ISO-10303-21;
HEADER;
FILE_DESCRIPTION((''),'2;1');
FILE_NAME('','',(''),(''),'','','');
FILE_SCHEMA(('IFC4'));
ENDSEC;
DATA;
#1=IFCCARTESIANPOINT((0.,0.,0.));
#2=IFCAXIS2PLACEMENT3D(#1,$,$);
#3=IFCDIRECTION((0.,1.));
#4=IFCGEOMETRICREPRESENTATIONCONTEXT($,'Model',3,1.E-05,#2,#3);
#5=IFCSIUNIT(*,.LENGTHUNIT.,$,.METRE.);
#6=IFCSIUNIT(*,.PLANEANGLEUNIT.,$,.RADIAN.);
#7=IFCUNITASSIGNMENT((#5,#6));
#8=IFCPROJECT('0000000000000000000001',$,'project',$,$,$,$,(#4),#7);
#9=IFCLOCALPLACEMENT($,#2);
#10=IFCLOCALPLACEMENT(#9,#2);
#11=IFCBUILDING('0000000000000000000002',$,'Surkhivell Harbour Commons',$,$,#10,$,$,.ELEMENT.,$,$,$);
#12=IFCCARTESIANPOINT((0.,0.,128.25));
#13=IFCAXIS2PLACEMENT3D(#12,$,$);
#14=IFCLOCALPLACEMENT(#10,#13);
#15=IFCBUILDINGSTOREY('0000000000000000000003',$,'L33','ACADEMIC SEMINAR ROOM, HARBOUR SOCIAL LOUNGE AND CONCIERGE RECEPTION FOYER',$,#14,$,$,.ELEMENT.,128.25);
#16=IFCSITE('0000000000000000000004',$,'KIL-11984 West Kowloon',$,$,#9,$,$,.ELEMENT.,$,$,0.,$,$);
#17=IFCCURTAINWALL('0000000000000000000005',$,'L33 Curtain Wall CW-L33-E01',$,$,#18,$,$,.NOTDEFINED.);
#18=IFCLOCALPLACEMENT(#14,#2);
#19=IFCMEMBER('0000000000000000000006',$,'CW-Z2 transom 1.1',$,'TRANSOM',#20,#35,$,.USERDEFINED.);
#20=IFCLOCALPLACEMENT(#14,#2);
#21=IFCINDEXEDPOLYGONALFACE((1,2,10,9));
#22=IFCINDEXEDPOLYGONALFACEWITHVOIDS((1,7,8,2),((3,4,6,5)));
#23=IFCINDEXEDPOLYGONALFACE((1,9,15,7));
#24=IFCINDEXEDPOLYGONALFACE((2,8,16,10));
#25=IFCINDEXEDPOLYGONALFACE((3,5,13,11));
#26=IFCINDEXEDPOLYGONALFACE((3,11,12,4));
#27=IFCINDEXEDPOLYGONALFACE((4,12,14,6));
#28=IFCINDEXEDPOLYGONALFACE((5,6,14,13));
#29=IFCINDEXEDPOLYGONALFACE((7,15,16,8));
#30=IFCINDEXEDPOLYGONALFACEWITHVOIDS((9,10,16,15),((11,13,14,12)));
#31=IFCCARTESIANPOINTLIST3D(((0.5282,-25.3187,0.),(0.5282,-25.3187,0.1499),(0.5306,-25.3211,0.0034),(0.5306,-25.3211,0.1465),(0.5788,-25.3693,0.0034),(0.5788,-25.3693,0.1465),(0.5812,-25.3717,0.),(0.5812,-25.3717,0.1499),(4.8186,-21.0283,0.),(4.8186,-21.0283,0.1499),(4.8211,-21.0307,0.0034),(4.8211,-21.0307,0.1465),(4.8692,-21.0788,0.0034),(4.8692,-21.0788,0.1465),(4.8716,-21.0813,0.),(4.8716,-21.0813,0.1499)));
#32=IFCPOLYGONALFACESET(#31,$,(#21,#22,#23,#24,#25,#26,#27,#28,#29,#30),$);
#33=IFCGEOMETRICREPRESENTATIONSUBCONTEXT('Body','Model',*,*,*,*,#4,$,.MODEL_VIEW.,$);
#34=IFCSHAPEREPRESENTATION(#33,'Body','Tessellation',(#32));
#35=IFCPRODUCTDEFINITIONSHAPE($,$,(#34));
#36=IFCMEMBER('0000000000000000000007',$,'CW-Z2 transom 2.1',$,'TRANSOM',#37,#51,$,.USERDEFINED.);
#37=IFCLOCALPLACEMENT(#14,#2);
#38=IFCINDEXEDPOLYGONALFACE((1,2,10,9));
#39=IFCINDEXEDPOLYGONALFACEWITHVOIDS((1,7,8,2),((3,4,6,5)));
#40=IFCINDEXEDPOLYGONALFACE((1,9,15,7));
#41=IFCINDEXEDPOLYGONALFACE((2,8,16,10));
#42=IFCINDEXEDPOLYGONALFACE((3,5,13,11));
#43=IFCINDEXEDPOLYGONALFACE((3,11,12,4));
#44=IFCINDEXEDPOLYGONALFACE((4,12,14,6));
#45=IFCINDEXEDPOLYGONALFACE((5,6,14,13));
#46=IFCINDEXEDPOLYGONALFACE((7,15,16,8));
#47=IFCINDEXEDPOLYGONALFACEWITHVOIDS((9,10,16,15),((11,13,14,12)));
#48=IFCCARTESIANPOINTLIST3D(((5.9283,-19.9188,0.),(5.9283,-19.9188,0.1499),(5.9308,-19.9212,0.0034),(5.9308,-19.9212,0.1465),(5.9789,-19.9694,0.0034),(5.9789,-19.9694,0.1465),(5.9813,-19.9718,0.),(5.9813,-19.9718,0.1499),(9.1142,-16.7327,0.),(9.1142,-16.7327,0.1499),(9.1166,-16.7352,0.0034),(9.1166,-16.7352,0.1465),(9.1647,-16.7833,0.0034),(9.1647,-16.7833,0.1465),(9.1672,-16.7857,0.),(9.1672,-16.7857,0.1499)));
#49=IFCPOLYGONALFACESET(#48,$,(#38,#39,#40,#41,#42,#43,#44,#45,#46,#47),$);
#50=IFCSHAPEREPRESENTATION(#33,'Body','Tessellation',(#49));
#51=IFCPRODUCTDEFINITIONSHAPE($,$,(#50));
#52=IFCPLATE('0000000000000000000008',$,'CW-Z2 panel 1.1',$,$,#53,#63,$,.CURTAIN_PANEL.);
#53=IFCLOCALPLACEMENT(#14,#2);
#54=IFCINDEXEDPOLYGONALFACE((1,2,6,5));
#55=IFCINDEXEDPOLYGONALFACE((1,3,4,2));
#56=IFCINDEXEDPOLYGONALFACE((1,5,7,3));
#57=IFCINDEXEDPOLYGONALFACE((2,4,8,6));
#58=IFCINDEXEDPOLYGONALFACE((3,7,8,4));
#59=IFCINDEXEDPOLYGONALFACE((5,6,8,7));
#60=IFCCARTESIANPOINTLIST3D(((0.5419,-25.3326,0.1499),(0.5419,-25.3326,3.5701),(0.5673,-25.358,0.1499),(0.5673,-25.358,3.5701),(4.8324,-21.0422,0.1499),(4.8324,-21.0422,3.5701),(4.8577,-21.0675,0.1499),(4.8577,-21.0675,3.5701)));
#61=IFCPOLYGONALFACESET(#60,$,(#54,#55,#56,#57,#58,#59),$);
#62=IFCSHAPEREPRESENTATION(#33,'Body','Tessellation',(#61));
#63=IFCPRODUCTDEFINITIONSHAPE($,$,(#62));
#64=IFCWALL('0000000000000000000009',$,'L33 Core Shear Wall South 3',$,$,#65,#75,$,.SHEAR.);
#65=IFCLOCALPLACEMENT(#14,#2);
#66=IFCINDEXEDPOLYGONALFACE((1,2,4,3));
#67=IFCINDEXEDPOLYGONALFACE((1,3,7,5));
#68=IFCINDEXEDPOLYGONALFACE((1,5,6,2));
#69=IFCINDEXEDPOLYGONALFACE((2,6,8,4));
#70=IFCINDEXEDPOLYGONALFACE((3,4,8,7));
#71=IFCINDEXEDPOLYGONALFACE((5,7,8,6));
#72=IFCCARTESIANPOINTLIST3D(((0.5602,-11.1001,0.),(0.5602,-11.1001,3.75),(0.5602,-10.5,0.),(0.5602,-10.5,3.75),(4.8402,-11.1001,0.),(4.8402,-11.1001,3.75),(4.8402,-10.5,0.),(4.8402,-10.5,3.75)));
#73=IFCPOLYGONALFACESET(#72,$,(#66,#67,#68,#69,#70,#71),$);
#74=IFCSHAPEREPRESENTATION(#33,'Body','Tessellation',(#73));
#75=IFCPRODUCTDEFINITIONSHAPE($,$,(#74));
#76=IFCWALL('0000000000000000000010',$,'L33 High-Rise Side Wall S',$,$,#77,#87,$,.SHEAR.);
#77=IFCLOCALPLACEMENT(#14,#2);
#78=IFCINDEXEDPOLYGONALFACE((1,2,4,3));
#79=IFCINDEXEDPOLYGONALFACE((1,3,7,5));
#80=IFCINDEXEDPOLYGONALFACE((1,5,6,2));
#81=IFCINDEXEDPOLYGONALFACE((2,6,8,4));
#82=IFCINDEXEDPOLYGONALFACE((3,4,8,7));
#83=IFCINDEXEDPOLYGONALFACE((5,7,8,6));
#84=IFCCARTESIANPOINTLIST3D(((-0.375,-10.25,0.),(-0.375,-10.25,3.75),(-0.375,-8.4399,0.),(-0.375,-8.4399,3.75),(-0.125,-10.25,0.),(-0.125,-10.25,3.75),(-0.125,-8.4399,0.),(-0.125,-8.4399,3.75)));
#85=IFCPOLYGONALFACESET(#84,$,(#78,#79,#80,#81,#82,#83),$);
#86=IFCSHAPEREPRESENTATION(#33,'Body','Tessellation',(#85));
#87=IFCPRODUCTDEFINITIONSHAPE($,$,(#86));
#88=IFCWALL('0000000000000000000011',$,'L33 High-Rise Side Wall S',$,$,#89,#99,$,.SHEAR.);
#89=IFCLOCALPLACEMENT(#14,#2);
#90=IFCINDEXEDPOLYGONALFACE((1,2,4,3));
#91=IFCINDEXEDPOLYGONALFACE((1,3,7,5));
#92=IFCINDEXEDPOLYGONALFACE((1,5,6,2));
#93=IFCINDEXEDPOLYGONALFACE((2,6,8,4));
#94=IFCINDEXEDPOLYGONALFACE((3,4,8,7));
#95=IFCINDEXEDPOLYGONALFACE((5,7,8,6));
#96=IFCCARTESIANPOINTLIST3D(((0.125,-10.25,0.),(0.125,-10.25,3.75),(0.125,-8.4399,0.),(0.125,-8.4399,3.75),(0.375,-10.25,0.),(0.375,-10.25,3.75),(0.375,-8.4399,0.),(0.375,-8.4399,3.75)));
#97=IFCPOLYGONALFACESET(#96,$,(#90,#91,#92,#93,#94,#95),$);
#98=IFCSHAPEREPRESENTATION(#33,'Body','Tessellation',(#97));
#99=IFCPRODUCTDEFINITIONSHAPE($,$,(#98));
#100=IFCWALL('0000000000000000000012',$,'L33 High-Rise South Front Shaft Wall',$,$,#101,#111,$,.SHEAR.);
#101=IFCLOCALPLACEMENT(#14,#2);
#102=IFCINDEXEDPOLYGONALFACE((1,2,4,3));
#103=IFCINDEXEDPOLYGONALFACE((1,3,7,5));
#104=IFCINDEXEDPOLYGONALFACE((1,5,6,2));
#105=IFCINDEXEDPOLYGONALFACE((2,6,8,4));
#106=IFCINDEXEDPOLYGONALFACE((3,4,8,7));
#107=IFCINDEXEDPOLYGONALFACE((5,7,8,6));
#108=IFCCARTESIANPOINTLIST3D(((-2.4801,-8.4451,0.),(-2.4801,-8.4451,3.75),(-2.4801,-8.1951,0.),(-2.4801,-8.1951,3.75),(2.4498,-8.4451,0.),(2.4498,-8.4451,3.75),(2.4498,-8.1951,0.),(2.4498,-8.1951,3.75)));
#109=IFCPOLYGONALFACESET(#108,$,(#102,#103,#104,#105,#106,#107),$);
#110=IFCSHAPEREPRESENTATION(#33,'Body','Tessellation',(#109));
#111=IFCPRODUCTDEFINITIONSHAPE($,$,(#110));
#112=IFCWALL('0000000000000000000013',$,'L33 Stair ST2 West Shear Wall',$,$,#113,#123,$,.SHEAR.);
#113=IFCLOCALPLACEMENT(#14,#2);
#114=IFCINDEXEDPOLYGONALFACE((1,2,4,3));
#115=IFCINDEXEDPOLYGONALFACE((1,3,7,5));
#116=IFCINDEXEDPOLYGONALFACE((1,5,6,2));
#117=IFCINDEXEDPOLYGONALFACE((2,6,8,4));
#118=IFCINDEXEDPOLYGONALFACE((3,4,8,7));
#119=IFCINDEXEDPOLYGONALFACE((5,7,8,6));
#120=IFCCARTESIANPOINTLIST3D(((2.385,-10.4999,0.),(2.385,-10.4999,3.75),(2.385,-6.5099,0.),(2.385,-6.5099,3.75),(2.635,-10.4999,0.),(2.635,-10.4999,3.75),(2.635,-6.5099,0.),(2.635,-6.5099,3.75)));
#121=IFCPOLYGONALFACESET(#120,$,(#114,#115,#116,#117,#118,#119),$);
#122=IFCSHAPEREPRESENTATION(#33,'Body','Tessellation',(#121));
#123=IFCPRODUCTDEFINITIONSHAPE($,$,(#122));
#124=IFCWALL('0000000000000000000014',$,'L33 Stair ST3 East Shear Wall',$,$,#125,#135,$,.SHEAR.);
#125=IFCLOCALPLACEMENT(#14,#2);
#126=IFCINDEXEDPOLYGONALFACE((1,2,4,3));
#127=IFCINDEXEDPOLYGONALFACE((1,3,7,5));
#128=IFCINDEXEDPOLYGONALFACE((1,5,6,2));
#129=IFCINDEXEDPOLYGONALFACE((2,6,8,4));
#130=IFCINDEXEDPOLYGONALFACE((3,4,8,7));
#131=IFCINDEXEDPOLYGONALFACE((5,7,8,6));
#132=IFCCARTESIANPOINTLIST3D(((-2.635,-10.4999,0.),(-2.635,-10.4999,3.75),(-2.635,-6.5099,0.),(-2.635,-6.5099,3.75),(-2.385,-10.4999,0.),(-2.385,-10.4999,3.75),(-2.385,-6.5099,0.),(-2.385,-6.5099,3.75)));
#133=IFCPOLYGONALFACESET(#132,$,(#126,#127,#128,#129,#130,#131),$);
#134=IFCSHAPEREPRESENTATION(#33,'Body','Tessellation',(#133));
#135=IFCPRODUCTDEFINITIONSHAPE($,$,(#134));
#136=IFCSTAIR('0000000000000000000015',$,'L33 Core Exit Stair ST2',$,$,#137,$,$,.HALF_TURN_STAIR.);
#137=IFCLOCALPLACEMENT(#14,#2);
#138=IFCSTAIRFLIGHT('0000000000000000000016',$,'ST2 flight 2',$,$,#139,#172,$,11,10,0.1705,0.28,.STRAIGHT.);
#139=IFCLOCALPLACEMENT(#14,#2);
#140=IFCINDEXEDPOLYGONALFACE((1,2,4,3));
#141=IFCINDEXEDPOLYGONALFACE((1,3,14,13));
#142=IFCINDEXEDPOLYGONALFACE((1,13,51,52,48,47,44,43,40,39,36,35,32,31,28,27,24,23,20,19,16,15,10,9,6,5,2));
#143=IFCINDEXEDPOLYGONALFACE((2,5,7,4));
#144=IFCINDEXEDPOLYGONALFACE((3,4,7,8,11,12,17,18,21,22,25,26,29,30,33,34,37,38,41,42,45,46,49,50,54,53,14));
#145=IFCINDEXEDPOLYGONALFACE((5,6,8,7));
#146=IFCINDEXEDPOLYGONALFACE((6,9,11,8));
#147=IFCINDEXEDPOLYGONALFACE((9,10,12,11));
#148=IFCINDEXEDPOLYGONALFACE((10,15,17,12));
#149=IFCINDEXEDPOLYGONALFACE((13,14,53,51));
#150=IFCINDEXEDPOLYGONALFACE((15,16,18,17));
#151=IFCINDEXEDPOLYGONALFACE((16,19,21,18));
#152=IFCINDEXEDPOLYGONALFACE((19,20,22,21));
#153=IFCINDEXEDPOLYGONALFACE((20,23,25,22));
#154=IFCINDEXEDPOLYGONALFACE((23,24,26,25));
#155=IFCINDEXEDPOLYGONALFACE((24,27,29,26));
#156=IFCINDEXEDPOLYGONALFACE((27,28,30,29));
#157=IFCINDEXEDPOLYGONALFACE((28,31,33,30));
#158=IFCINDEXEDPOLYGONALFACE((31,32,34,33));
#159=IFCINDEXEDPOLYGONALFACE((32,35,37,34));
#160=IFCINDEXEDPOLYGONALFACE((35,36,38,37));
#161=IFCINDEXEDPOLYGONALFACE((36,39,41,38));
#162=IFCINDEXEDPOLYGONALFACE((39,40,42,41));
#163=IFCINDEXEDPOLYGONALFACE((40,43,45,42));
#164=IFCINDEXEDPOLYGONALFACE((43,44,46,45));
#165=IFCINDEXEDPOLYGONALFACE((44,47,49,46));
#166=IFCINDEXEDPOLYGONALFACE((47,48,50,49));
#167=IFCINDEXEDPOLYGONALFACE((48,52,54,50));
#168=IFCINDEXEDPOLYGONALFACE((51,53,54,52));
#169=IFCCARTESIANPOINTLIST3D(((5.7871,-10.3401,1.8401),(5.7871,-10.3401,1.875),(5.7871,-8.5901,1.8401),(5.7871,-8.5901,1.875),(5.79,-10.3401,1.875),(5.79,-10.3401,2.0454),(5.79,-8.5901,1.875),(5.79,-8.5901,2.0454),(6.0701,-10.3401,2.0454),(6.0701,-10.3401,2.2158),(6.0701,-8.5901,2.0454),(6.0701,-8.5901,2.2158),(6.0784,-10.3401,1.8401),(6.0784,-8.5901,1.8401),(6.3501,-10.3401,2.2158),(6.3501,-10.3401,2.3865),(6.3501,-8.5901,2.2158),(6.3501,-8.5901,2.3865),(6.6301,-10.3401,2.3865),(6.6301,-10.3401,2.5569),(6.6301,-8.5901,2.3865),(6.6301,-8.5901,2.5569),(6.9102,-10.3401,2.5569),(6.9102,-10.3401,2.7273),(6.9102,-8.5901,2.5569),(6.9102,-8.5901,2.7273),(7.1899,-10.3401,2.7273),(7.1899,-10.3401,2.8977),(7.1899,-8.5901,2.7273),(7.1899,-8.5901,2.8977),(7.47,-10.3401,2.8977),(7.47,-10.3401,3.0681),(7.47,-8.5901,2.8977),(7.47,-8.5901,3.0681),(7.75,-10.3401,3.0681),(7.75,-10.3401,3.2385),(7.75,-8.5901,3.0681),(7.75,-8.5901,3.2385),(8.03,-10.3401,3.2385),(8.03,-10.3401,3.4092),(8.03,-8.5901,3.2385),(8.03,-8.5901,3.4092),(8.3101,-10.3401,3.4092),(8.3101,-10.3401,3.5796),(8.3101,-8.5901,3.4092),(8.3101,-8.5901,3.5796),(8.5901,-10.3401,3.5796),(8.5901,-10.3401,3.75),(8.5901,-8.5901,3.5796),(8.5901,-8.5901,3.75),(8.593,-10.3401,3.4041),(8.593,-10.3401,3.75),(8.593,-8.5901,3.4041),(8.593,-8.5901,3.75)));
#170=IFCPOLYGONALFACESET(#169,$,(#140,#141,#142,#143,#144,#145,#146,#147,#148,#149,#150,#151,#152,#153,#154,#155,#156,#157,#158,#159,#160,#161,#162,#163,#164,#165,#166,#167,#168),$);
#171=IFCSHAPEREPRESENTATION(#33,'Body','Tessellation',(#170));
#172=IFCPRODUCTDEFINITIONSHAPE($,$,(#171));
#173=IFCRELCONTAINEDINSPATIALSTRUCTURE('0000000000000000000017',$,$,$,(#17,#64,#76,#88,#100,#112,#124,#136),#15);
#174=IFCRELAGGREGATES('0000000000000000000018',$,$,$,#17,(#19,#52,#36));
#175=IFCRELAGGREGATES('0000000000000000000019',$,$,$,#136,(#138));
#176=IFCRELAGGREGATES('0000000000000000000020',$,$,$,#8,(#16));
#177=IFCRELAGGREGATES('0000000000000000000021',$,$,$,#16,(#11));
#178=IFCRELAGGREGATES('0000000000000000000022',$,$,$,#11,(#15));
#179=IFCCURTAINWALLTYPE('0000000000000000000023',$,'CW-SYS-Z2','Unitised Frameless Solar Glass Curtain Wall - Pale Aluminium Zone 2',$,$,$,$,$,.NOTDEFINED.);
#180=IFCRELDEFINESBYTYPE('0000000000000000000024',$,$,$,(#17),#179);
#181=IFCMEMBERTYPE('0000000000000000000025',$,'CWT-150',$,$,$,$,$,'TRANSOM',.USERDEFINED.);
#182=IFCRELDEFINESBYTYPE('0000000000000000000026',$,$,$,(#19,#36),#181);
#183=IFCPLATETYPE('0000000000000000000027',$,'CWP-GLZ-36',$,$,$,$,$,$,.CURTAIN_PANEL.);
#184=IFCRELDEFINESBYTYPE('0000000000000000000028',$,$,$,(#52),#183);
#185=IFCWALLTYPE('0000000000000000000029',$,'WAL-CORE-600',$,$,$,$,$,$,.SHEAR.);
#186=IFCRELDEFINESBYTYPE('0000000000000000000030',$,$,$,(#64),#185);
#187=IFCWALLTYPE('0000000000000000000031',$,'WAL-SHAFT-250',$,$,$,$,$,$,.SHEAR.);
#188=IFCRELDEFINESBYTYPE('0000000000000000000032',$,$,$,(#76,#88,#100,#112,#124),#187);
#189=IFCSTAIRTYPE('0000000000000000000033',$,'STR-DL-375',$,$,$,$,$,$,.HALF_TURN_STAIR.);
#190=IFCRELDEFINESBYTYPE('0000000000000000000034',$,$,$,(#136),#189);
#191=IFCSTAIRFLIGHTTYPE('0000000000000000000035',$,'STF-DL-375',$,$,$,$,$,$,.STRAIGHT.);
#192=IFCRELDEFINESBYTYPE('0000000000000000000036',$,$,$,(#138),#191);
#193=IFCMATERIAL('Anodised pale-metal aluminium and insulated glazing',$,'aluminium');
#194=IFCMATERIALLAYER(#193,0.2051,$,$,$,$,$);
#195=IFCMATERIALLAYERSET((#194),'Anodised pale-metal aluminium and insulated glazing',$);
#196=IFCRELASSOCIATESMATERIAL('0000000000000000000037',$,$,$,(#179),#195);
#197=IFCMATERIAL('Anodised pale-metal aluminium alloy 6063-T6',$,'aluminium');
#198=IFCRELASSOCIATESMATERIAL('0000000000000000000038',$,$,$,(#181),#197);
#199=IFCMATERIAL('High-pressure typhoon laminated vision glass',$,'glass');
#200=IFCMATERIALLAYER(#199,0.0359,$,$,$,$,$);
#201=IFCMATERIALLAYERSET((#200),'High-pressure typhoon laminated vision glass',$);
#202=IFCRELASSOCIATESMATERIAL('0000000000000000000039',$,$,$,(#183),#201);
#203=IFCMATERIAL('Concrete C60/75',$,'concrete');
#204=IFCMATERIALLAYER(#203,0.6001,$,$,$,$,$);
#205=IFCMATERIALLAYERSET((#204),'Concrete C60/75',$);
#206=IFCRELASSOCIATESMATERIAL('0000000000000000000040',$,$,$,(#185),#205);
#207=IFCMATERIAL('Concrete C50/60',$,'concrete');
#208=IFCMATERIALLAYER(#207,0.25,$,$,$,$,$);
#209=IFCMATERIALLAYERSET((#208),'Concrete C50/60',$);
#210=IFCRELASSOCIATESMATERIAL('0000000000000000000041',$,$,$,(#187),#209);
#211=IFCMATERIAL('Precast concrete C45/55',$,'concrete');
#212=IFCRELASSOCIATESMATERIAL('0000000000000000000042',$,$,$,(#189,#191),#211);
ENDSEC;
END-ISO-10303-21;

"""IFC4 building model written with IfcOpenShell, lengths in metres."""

from ifc_helpers import new_model, si_unit, direction, frame, frame_2d, origin, origin_2d, place, context, subcontext, project, spatial, polyline, rectangle, hollow_rectangle, outline, extrude, material, layer, layer_set, material_profile, profile_set, type_object, element, aggregate, save


model = new_model("IFC4")

# Units and contexts
model_context = context("Model", 3, precision=1e-05, world=origin(), true_north=direction((0.0, 1.0)))
body_context = subcontext(model_context, "Body", "Model", "MODEL_VIEW")
ifc_project = project(units=[si_unit("LENGTHUNIT", "METRE"), si_unit("PLANEANGLEUNIT", "RADIAN")], contexts=[model_context])

# Site, building, storey
site_placement = place(None, origin())
site = spatial("IfcSite", under=ifc_project, at=site_placement, Name="KIL-11984 West Kowloon", CompositionType="ELEMENT", RefElevation=0.0)
building_placement = place(site_placement, origin())
building = spatial("IfcBuilding", under=site, at=building_placement, Name="Surkhivell Harbour Commons", CompositionType="ELEMENT")
storey_placement = place(building_placement, frame((0.0, 0.0, 128.25)))
storey = spatial("IfcBuildingStorey", under=building, at=storey_placement, Name="L33", Description="ACADEMIC SEMINAR ROOM, HARBOUR SOCIAL LOUNGE AND CONCIERGE RECEPTION FOYER", CompositionType="ELEMENT", Elevation=128.25)

# Shared definitions
ifc_material_1 = material(Name="Concrete C60/75", Category="concrete")

# Shared definitions
ifc_material_2 = material(Name="Anodised pale-metal aluminium and insulated glazing", Category="aluminium")
ifc_layer_1 = layer(ifc_material_2, 0.2051)
ifc_layer_set_1 = layer_set([ifc_layer_1], Name="Anodised pale-metal aluminium and insulated glazing")
curtain_wall_type = type_object("IfcCurtainWallType", Name="CW-SYS-Z2", Description="Unitised Frameless Solar Glass Curtain Wall - Pale Aluminium Zone 2", PredefinedType="NOTDEFINED", material=ifc_layer_set_1)
ifc_material_3 = material(Name="Anodised pale-metal aluminium alloy 6063-T6", Category="aluminium")

# Curtain wall, members, plate
curtain_wall_1_placement = place(storey_placement, origin())
curtain_wall_1 = element("IfcCurtainWall", 1, at=curtain_wall_1_placement, inside=storey, type_object=curtain_wall_type, Name="L33 Curtain Wall CW-L33-E01", PredefinedType="NOTDEFINED")
ifc_material_profile_1 = material_profile(ifc_material_3, hollow_rectangle(XDim=0.075, YDim=0.1499, WallThickness=0.0034, at=origin_2d()), Name="ALU-TRAN-75x150")
ifc_profile_set_1 = profile_set([ifc_material_profile_1], Name="Anodised pale-metal aluminium alloy 6063-T6")
member_type_1 = type_object("IfcMemberType", Name="CWT-150", ElementType="TRANSOM", PredefinedType="USERDEFINED", material=ifc_profile_set_1)
member_1_placement = place(storey_placement, frame((0.5547, -25.3452, 0.075), z_axis=(0.707107, 0.707107, 0.0), x_axis=(-0.707107, 0.707107, 0.0)))
member_1 = element("IfcMember", 2, at=member_1_placement, type_object=member_type_1, Name="CW-Z2 transom 1.1", ObjectType="TRANSOM", PredefinedType="USERDEFINED", context=body_context, shape_type="SweptSolid", body=[
    extrude(hollow_rectangle(XDim=0.075, YDim=0.1499, WallThickness=0.0034, at=origin_2d()), origin(), (0.0, 0.0, 1.0), 6.0676),
])
member_2_placement = place(storey_placement, frame((5.9548, -19.9453, 0.075), z_axis=(0.70708, 0.707134, 0.0), x_axis=(-0.707134, 0.70708, 0.0)))
member_2 = element("IfcMember", 3, at=member_2_placement, type_object=member_type_1, Name="CW-Z2 transom 2.1", ObjectType="TRANSOM", PredefinedType="USERDEFINED", context=body_context, shape_type="SweptSolid", body=[
    extrude(hollow_rectangle(XDim=0.075, YDim=0.1499, WallThickness=0.0034, at=origin_2d()), origin(), (0.0, 0.0, 1.0), 4.5056),
])
ifc_material_4 = material(Name="High-pressure typhoon laminated vision glass", Category="glass")
ifc_layer_2 = layer(ifc_material_4, 0.0359)
ifc_layer_set_2 = layer_set([ifc_layer_2], Name="High-pressure typhoon laminated vision glass")
plate_type = type_object("IfcPlateType", Name="CWP-GLZ-36", PredefinedType="CURTAIN_PANEL", material=ifc_layer_set_2)
plate_placement = place(storey_placement, frame((0.5547, -25.3452, 0.1499), z_axis=(0.0, 0.0, 1.0), x_axis=(0.707107, 0.707107, 0.0)))
plate = element("IfcPlate", 4, at=plate_placement, type_object=plate_type, Name="CW-Z2 panel 1.1", PredefinedType="CURTAIN_PANEL", context=body_context, shape_type="SweptSolid", body=[
    extrude(rectangle(XDim=6.0676, YDim=0.0359, at=frame_2d((3.0337, 0.0))), origin(), (0.0, 0.0, 1.0), 3.4202),
])
aggregate(curtain_wall_1, [member_1, plate, member_2])

# Walls
ifc_layer_3 = layer(ifc_material_1, 0.6001)
ifc_layer_set_3 = layer_set([ifc_layer_3], Name="Concrete C60/75")
wall_type_1 = type_object("IfcWallType", Name="WAL-CORE-600", PredefinedType="SHEAR", material=ifc_layer_set_3)
wall_1_placement = place(storey_placement, frame((0.5601, -10.8, 0.0), z_axis=(0.0, 0.0, 1.0), x_axis=(1.0, 0.0, 0.0)))
element("IfcWall", 5, at=wall_1_placement, inside=storey, type_object=wall_type_1, Name="L33 Core Shear Wall South 3", PredefinedType="SHEAR", context=body_context, shape_type="SweptSolid", body=[
    extrude(rectangle(XDim=4.28, YDim=0.6001, at=frame_2d((2.1401, 0.0))), origin(), (0.0, 0.0, 1.0), 3.75),
])
ifc_material_5 = material(Name="Concrete C50/60", Category="concrete")
ifc_layer_4 = layer(ifc_material_5, 0.25)
ifc_layer_set_4 = layer_set([ifc_layer_4], Name="Concrete C50/60")
wall_type_2 = type_object("IfcWallType", Name="WAL-SHAFT-250", PredefinedType="SHEAR", material=ifc_layer_set_4)
for number, where, z_axis, x_axis, name in (
    (6, (-0.25, -10.25, 0.0), (0.0, 0.0, 1.0), (0.0, 1.0, 0.0), "L33 High-Rise Side Wall S"),
    (7, (0.25, -10.25, 0.0), (0.0, 0.0, 1.0), (0.0, 1.0, 0.0), "L33 High-Rise Side Wall S"),
):
    element("IfcWall", number, at=place(storey_placement, frame(where, z_axis=z_axis, x_axis=x_axis)), inside=storey, type_object=wall_type_2, Name=name, PredefinedType="SHEAR", context=body_context, shape_type="SweptSolid", body=[
        extrude(rectangle(XDim=1.8101, YDim=0.25, at=frame_2d((0.905, 0.0))), origin(), (0.0, 0.0, 1.0), 3.75),
    ])
wall_2_placement = place(storey_placement, frame((-2.48, -8.3201, 0.0), z_axis=(0.0, 0.0, 1.0), x_axis=(1.0, 0.0, 0.0)))
element("IfcWall", 8, at=wall_2_placement, inside=storey, type_object=wall_type_2, Name="L33 High-Rise South Front Shaft Wall", PredefinedType="SHEAR", context=body_context, shape_type="SweptSolid", body=[
    extrude(rectangle(XDim=4.9299, YDim=0.25, at=frame_2d((2.4648, 0.0))), origin(), (0.0, 0.0, 1.0), 3.75),
])
for number, where, z_axis, x_axis, name in (
    (9, (2.51, -10.5, 0.0), (0.0, 0.0, 1.0), (0.0, 1.0, 0.0), "L33 Stair ST2 West Shear Wall"),
    (10, (-2.51, -10.5, 0.0), (0.0, 0.0, 1.0), (0.0, 1.0, 0.0), "L33 Stair ST3 East Shear Wall"),
):
    element("IfcWall", number, at=place(storey_placement, frame(where, z_axis=z_axis, x_axis=x_axis)), inside=storey, type_object=wall_type_2, Name=name, PredefinedType="SHEAR", context=body_context, shape_type="SweptSolid", body=[
        extrude(rectangle(XDim=3.99, YDim=0.25, at=frame_2d((1.9951, 0.0))), origin(), (0.0, 0.0, 1.0), 3.75),
    ])

# Stair, stair flight
ifc_material_6 = material(Name="Precast concrete C45/55", Category="concrete")
stair_type = type_object("IfcStairType", Name="STR-DL-375", PredefinedType="HALF_TURN_STAIR", material=ifc_material_6)
stair_placement = place(storey_placement, origin())
stair = element("IfcStair", 11, at=stair_placement, inside=storey, type_object=stair_type, Name="L33 Core Exit Stair ST2", PredefinedType="HALF_TURN_STAIR")
stair_flight_type = type_object("IfcStairFlightType", Name="STF-DL-375", PredefinedType="STRAIGHT", material=ifc_material_6)
stair_flight_placement = place(storey_placement, frame((5.79, -9.4651, 1.875), z_axis=(0.0, 0.0, 1.0), x_axis=(1.0, 0.0, 0.0)))
stair_flight = element("IfcStairFlight", 12, at=stair_flight_placement, type_object=stair_flight_type, Name="ST2 flight 2", NumberOfRisers=11, NumberOfTreads=10, PredefinedType="STRAIGHT", RiserHeight=0.1705, TreadLength=0.28, context=body_context, shape_type="SweptSolid", body=[
    extrude(outline(polyline([(-0.0029, -0.0349), (-0.0029, 0.0), (0.0, 0.0), (0.0, 0.1704), (0.28, 0.1704), (0.28, 0.3408), (0.5601, 0.3408), (0.5601, 0.5115), (0.8401, 0.5115), (0.8401, 0.6819), (1.1201, 0.6819), (1.1201, 0.8523), (1.3999, 0.8523), (1.3999, 1.0227), (1.6799, 1.0227), (1.6799, 1.1931), (1.96, 1.1931), (1.96, 1.3635), (2.24, 1.3635), (2.24, 1.5342), (2.52, 1.5342), (2.52, 1.7046), (2.8, 1.7046), (2.8, 1.875), (2.803, 1.875), (2.803, 1.5291), (0.2883, -0.0349), (-0.0029, -0.0349)])), frame((0.0, 0.875, 0.0), z_axis=(0.0, -1.0, 0.0), x_axis=(1.0, 0.0, 0.0)), (0.0, 0.0, 1.0), 1.75),
])
aggregate(stair, [stair_flight])

save(model, "model.ifc")
